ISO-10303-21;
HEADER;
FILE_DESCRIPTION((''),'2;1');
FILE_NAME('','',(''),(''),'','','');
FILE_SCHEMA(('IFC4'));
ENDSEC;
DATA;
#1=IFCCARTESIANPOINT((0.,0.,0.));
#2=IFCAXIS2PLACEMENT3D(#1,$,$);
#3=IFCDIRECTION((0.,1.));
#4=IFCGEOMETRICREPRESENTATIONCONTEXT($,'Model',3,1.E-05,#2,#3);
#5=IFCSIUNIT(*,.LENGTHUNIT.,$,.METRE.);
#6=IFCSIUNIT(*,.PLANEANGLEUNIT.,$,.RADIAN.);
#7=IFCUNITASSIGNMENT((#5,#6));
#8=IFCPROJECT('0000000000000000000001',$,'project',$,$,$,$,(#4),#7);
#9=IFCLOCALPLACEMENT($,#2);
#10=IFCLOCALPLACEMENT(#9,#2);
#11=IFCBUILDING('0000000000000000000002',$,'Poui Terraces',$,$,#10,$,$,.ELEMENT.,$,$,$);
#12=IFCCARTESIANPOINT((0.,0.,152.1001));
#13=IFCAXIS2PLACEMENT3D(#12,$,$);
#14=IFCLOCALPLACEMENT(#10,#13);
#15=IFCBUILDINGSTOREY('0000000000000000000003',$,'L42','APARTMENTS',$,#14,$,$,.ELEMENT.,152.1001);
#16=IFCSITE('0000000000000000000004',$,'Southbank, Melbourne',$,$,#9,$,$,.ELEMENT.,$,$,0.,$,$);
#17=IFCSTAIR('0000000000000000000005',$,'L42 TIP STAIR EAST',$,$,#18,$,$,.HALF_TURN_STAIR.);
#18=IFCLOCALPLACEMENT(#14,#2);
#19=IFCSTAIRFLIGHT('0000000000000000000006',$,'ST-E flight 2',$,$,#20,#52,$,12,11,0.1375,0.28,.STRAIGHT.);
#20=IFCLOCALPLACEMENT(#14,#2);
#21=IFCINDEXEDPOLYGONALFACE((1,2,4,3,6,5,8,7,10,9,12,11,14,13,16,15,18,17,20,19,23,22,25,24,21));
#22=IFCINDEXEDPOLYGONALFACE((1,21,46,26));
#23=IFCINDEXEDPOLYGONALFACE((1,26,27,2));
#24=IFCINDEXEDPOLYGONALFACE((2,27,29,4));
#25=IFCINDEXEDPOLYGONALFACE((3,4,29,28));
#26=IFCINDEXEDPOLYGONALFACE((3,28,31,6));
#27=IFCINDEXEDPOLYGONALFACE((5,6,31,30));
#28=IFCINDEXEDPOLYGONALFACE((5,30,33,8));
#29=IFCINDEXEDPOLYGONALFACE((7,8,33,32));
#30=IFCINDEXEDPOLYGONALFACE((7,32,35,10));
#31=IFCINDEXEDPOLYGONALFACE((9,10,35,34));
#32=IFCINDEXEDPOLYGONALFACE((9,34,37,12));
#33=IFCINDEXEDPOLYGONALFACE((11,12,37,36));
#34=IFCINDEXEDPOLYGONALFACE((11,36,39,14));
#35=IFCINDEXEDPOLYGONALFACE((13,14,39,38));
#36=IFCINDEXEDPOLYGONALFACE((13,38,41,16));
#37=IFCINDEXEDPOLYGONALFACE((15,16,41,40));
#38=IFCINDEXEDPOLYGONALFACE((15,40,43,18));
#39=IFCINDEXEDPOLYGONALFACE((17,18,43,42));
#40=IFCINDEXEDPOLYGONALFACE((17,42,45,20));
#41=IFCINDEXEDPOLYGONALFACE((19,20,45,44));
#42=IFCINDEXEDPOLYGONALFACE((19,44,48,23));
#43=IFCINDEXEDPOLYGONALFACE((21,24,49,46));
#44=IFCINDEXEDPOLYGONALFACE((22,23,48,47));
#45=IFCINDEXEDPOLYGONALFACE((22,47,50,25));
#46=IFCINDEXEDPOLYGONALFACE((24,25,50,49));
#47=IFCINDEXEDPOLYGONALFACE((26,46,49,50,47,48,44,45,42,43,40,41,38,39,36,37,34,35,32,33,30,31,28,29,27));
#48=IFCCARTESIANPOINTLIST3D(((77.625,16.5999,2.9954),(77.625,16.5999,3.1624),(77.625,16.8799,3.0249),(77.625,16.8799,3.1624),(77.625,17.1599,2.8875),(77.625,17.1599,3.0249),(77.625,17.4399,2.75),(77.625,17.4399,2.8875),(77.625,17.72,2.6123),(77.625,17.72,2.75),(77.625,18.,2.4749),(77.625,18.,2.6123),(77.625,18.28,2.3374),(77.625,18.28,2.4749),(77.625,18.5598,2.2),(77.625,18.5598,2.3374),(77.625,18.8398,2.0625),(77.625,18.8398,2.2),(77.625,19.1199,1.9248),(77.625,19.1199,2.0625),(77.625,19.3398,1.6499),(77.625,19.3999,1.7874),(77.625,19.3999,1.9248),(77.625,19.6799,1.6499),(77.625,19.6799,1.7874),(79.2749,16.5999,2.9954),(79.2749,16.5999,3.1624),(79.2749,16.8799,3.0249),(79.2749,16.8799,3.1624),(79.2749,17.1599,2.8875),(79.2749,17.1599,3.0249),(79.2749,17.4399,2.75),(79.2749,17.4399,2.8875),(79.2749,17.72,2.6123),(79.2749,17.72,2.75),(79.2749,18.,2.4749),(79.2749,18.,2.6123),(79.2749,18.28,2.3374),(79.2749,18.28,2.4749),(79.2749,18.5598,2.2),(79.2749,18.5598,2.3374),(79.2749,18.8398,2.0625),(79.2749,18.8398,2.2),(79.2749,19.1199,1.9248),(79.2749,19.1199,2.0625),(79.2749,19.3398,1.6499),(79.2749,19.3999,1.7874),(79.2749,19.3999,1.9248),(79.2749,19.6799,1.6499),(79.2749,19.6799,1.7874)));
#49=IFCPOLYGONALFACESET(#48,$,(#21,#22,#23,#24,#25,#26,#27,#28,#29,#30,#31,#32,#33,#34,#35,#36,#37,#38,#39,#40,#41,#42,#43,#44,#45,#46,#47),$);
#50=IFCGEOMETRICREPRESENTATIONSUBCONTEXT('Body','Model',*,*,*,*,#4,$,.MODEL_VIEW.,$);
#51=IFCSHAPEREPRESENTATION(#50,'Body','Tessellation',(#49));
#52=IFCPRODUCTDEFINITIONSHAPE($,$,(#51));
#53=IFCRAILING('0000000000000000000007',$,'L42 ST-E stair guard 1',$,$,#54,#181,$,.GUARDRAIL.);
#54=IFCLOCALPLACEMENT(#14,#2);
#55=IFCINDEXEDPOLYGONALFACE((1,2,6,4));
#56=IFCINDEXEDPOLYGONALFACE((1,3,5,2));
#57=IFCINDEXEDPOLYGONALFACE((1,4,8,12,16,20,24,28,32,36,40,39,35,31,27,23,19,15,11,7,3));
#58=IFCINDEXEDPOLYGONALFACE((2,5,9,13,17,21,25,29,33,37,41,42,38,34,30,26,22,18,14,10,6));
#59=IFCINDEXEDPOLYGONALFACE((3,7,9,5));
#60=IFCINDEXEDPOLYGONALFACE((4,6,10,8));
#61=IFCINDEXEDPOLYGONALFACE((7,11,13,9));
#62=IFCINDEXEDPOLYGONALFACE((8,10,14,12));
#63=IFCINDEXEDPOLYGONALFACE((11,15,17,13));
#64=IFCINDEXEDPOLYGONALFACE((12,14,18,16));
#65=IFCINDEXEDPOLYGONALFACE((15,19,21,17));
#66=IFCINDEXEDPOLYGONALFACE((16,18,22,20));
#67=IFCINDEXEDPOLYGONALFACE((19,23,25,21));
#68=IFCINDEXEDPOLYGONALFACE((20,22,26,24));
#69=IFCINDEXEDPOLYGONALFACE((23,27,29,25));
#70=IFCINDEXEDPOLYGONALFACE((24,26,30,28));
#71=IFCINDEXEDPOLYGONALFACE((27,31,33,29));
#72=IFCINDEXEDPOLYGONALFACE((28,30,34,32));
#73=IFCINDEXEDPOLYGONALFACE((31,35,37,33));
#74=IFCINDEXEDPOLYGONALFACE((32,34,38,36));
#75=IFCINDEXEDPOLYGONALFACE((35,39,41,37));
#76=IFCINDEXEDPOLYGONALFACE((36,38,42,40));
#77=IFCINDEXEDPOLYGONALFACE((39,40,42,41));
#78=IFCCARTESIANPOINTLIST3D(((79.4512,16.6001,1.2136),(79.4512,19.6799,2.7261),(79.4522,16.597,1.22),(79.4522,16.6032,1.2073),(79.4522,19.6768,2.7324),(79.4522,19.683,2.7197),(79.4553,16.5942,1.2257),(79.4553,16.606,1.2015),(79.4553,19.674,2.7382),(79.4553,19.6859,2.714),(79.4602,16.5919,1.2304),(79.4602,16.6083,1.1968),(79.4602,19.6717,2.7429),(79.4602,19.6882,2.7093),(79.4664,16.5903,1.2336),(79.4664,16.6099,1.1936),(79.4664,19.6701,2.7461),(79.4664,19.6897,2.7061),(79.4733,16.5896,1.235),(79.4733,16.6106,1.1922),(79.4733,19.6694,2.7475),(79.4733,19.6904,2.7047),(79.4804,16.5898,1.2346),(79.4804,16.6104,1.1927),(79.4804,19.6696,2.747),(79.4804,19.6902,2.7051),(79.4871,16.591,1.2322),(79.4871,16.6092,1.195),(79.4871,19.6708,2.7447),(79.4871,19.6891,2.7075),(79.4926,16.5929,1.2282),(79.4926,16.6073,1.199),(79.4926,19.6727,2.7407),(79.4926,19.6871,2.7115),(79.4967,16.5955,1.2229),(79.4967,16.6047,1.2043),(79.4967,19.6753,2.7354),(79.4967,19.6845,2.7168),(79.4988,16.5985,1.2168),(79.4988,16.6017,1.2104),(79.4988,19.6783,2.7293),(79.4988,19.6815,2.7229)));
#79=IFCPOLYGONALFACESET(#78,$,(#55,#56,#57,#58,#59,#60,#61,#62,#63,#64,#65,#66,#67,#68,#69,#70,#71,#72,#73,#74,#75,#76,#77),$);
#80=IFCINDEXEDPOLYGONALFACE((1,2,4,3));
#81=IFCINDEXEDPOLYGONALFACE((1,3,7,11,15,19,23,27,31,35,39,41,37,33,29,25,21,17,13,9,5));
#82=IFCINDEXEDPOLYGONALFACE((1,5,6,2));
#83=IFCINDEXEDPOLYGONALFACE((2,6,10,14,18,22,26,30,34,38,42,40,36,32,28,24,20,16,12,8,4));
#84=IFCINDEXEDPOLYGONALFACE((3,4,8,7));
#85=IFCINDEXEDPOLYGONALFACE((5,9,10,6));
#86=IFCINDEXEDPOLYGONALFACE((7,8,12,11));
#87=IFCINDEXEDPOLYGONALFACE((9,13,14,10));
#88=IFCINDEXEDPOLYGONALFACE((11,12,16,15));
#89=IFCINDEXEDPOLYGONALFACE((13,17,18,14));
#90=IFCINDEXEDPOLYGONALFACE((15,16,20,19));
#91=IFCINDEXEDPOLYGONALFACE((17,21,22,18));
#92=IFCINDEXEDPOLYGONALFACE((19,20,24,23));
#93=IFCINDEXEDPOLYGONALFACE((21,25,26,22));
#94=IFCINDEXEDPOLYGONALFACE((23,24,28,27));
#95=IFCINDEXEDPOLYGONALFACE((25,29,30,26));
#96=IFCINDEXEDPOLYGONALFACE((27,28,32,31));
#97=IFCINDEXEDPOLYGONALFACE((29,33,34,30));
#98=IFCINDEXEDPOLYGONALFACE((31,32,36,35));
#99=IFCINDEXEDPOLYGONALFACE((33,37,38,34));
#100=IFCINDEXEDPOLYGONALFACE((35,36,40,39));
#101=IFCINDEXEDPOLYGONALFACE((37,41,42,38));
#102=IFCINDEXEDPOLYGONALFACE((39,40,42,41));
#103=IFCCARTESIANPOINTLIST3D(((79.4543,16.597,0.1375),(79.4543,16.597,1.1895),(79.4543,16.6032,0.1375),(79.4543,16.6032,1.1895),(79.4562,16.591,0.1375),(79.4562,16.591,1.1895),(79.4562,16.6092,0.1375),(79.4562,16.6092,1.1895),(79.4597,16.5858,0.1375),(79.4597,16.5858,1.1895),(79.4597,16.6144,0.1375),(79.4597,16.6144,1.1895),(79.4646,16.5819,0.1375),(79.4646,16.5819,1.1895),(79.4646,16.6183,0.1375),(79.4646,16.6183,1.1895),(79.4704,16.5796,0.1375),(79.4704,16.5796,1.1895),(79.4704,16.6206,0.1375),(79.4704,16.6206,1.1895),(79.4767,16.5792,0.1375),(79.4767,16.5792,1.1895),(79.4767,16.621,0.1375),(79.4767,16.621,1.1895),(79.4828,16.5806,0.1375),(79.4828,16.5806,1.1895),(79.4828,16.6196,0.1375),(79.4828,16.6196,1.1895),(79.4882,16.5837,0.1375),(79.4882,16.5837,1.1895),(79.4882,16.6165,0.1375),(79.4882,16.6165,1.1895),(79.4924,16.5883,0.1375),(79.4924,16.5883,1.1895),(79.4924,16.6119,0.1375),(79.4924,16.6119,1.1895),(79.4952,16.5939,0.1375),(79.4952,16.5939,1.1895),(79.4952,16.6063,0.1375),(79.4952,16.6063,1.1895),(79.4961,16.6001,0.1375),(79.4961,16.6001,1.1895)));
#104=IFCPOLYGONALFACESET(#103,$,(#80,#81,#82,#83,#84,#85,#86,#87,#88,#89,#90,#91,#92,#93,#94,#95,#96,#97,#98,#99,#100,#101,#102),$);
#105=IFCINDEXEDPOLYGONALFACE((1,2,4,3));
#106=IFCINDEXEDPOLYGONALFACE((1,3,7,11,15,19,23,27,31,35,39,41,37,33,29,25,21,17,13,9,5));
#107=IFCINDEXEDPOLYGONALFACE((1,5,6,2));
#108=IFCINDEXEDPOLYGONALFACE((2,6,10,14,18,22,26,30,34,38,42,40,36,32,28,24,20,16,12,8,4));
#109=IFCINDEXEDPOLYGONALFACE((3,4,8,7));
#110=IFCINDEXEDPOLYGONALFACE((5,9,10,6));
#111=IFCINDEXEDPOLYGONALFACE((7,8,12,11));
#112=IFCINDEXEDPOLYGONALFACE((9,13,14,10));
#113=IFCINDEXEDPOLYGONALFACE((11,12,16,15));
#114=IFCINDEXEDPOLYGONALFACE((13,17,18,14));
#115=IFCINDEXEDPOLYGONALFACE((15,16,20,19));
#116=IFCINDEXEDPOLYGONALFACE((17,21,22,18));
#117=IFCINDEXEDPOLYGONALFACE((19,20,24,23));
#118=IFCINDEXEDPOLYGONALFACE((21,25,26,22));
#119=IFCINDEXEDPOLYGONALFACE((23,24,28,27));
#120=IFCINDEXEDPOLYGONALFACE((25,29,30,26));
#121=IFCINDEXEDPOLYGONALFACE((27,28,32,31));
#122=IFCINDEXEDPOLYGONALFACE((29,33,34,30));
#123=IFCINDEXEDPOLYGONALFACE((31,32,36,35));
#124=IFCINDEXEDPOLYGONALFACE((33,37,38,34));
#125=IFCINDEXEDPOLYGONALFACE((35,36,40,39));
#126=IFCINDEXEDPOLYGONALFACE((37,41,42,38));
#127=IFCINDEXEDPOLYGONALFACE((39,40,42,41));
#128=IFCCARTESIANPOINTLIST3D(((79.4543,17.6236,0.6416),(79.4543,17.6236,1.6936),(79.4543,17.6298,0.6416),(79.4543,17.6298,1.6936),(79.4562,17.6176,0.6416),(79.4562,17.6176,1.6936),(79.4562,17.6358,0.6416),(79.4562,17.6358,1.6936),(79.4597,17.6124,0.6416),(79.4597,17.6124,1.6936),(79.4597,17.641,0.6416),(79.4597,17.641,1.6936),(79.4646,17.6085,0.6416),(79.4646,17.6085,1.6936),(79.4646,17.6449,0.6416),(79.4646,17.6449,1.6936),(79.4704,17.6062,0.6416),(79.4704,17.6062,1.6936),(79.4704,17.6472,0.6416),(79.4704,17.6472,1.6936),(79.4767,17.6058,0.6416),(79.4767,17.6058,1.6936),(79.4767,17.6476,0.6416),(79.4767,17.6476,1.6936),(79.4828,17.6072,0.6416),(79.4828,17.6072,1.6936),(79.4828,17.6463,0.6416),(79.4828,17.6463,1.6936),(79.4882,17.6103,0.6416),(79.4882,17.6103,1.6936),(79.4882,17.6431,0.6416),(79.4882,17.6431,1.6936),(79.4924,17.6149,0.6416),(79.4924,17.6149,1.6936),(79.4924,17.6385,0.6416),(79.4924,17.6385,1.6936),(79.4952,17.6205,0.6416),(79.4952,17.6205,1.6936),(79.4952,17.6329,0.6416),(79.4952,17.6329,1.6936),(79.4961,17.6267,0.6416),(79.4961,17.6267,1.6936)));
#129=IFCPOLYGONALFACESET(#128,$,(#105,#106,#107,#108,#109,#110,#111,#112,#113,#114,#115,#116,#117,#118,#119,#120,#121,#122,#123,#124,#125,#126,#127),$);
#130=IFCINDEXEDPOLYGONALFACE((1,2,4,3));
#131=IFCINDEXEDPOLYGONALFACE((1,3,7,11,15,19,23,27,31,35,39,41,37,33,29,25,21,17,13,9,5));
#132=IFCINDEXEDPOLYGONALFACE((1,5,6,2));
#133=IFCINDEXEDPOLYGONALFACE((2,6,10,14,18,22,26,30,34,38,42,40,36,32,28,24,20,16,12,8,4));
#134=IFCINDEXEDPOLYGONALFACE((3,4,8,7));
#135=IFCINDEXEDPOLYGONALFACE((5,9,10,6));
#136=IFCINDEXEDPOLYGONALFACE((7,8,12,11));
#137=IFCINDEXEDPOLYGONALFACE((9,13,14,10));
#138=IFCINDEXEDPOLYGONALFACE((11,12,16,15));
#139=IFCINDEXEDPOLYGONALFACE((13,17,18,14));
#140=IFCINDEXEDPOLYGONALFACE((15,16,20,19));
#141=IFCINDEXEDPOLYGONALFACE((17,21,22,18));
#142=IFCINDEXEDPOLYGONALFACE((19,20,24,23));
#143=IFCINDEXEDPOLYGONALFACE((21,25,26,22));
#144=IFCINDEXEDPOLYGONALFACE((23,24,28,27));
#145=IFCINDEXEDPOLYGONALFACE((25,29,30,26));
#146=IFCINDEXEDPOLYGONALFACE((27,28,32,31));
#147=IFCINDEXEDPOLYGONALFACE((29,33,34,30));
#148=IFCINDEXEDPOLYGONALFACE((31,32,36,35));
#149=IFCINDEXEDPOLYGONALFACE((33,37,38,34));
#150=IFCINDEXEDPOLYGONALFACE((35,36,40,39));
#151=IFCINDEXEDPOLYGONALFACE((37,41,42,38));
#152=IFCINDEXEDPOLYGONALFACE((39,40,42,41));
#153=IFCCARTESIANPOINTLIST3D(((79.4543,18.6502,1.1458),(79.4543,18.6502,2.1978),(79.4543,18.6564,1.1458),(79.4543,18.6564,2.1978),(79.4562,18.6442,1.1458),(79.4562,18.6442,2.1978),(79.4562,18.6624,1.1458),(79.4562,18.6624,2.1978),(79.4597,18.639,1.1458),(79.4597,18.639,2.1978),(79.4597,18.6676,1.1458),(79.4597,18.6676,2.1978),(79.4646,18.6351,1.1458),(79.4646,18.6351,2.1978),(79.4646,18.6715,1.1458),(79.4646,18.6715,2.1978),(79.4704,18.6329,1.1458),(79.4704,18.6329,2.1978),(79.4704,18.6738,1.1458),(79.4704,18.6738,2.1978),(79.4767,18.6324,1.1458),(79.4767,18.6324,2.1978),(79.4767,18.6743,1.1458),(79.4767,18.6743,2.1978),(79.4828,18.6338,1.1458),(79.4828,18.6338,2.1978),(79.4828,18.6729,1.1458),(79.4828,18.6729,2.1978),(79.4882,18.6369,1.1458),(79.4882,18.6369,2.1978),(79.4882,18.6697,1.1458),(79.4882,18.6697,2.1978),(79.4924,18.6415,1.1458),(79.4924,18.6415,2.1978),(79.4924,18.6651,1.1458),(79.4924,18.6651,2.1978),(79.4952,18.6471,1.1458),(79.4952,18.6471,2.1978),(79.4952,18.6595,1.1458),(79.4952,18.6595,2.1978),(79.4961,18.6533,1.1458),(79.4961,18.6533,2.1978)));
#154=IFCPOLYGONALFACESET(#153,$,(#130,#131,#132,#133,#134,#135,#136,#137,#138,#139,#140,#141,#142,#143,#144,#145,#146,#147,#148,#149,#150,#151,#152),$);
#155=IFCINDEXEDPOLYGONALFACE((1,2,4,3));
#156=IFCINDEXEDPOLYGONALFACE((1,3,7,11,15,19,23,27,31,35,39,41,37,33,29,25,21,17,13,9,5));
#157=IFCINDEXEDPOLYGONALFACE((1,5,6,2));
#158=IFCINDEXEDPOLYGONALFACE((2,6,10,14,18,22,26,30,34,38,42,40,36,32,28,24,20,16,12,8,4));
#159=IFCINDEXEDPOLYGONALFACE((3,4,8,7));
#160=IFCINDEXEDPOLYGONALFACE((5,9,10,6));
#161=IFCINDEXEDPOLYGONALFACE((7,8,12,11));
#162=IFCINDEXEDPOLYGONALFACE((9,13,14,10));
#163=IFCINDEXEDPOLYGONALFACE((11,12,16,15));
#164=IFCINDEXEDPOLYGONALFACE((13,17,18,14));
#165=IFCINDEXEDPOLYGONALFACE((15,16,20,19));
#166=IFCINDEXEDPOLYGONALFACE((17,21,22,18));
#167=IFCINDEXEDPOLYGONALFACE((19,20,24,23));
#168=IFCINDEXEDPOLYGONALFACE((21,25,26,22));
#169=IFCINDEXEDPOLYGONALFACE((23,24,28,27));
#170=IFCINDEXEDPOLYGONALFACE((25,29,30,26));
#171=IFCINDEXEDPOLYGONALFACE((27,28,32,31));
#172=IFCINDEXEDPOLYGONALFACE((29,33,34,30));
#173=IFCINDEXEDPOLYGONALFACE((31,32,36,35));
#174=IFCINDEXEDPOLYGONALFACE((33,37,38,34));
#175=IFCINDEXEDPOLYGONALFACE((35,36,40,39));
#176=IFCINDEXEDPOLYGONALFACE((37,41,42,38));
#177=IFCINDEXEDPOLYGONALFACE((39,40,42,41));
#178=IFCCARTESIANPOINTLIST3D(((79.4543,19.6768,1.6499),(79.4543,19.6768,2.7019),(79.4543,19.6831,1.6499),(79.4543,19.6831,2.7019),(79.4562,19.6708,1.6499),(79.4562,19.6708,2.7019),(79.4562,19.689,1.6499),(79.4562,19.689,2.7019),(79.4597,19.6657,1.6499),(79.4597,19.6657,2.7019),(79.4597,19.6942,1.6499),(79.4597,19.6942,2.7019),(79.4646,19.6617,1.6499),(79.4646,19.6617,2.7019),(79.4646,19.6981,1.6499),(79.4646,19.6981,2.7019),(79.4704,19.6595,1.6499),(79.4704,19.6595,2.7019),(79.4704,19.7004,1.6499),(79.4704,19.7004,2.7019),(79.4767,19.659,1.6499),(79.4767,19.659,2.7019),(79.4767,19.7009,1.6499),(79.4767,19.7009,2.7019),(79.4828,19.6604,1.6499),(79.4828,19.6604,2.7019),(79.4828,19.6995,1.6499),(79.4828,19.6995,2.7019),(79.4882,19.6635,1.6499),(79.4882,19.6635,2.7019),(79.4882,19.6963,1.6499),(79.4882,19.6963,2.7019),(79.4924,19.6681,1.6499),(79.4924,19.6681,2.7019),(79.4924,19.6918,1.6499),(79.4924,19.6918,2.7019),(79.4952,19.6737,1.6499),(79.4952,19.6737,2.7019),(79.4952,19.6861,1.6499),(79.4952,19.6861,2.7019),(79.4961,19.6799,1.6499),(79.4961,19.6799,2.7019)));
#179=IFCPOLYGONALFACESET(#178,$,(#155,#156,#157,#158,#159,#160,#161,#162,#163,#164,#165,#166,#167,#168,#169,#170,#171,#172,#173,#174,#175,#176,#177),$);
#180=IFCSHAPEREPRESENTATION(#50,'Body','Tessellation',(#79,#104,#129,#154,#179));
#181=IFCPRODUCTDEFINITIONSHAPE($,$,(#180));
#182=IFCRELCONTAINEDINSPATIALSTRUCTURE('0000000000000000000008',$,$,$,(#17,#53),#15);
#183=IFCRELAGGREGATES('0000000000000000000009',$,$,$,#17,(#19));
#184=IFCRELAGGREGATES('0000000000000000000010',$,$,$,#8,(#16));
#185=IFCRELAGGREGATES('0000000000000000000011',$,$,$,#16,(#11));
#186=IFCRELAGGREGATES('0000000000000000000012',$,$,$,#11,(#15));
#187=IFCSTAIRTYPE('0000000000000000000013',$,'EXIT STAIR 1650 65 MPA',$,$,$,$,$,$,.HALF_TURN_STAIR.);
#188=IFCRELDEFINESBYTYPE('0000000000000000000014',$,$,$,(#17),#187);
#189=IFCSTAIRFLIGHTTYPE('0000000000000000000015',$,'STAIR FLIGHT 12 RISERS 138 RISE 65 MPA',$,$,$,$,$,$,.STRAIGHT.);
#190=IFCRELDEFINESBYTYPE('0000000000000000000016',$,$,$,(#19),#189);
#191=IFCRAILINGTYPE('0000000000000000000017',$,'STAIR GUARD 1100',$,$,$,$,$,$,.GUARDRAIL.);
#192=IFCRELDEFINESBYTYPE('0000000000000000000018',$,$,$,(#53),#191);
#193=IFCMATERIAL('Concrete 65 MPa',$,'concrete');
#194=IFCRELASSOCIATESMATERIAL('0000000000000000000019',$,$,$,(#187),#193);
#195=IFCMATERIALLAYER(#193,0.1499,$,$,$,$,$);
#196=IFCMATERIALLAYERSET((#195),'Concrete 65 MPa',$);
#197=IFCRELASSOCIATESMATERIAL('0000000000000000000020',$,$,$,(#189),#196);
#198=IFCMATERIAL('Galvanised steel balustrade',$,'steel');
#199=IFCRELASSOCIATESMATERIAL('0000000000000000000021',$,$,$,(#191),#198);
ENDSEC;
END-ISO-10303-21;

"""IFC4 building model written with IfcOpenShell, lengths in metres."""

from ifc_helpers import new_model, si_unit, direction, frame, origin, origin_2d, place, context, subcontext, project, spatial, polyline, circle, outline, extrude, material, layer, layer_set, type_object, element, aggregate, save


model = new_model("IFC4")

# Units and contexts
model_context = context("Model", 3, precision=1e-05, world=origin(), true_north=direction((0.0, 1.0)))
body_context = subcontext(model_context, "Body", "Model", "MODEL_VIEW")
ifc_project = project(units=[si_unit("LENGTHUNIT", "METRE"), si_unit("PLANEANGLEUNIT", "RADIAN")], contexts=[model_context])

# Site, building, storey
site_placement = place(None, origin())
site = spatial("IfcSite", under=ifc_project, at=site_placement, Name="Southbank, Melbourne", CompositionType="ELEMENT", RefElevation=0.0)
building_placement = place(site_placement, origin())
building = spatial("IfcBuilding", under=site, at=building_placement, Name="Poui Terraces", CompositionType="ELEMENT")
storey_placement = place(building_placement, frame((0.0, 0.0, 152.1001)))
storey = spatial("IfcBuildingStorey", under=building, at=storey_placement, Name="L42", Description="APARTMENTS", CompositionType="ELEMENT", Elevation=152.1001)

# Shared definitions
ifc_material_1 = material(Name="Concrete 65 MPa", Category="concrete")

# Stair, stair flight
stair_type = type_object("IfcStairType", Name="EXIT STAIR 1650 65 MPA", PredefinedType="HALF_TURN_STAIR", material=ifc_material_1)
stair_placement = place(storey_placement, origin())
stair = element("IfcStair", 1, at=stair_placement, inside=storey, type_object=stair_type, Name="L42 TIP STAIR EAST", PredefinedType="HALF_TURN_STAIR")
ifc_layer_1 = layer(ifc_material_1, 0.1499)
ifc_layer_set_1 = layer_set([ifc_layer_1], Name="Concrete 65 MPa")
stair_flight_type = type_object("IfcStairFlightType", Name="STAIR FLIGHT 12 RISERS 138 RISE 65 MPA", PredefinedType="STRAIGHT", material=ifc_layer_set_1)
stair_flight_1_placement = place(storey_placement, frame((78.45, 19.6799, 1.6499), z_axis=(0.0, 0.0, 1.0), x_axis=(0.0, -1.0, 0.0)))
stair_flight_1 = element("IfcStairFlight", 2, at=stair_flight_1_placement, type_object=stair_flight_type, Name="ST-E flight 2", NumberOfRisers=12, NumberOfTreads=11, PredefinedType="STRAIGHT", RiserHeight=0.1375, TreadLength=0.28, context=body_context, shape_type="SweptSolid", body=[
    extrude(outline(polyline([(0.0, 0.0), (0.0, 0.1375), (0.28, 0.1375), (0.28, 0.2749), (0.5601, 0.2749), (0.5601, 0.4126), (0.8401, 0.4126), (0.8401, 0.55), (1.1201, 0.55), (1.1201, 0.6875), (1.3999, 0.6875), (1.3999, 0.825), (1.6799, 0.825), (1.6799, 0.9624), (1.96, 0.9624), (1.96, 1.1001), (2.24, 1.1001), (2.24, 1.2375), (2.52, 1.2375), (2.52, 1.375), (2.8, 1.375), (2.8, 1.5125), (3.0801, 1.5125), (3.0801, 1.6499), (3.0801, 1.3455), (0.3401, 0.0), (0.0, 0.0)])), frame((0.0, 0.825, 0.0), z_axis=(0.0, -1.0, 0.0), x_axis=(1.0, 0.0, 0.0)), (0.0, 0.0, 1.0), 1.6499),
])
aggregate(stair, [stair_flight_1])

# Railing
ifc_material_2 = material(Name="Galvanised steel balustrade", Category="steel")
railing_type_1 = type_object("IfcRailingType", Name="STAIR GUARD 1100", PredefinedType="GUARDRAIL", material=ifc_material_2)
railing_1_placement = place(storey_placement, frame((79.4751, 16.6001, 0.1375)))
element("IfcRailing", 3, at=railing_1_placement, inside=storey, type_object=railing_type_1, Name="L42 ST-E stair guard 1", PredefinedType="GUARDRAIL", context=body_context, shape_type="SweptSolid", body=[
    extrude(circle(Radius=0.0239, at=origin_2d()), frame((0.0, 0.0, 1.0762), z_axis=(0.0, 0.897606, 0.440798), x_axis=(-1.0, 0.0, 0.0)), (0.0, 0.0, 1.0), 3.4312),
    extrude(circle(Radius=0.021, at=origin_2d()), origin(), (0.0, 0.0, 1.0), 1.052),
    extrude(circle(Radius=0.021, at=origin_2d()), frame((0.0, 1.0266, 0.5042)), (0.0, 0.0, 1.0), 1.052),
    extrude(circle(Radius=0.021, at=origin_2d()), frame((0.0, 2.0532, 1.0083)), (0.0, 0.0, 1.0), 1.052),
    extrude(circle(Radius=0.021, at=origin_2d()), frame((0.0, 3.0798, 1.5125)), (0.0, 0.0, 1.0), 1.052),
])

save(model, "model.ifc")
